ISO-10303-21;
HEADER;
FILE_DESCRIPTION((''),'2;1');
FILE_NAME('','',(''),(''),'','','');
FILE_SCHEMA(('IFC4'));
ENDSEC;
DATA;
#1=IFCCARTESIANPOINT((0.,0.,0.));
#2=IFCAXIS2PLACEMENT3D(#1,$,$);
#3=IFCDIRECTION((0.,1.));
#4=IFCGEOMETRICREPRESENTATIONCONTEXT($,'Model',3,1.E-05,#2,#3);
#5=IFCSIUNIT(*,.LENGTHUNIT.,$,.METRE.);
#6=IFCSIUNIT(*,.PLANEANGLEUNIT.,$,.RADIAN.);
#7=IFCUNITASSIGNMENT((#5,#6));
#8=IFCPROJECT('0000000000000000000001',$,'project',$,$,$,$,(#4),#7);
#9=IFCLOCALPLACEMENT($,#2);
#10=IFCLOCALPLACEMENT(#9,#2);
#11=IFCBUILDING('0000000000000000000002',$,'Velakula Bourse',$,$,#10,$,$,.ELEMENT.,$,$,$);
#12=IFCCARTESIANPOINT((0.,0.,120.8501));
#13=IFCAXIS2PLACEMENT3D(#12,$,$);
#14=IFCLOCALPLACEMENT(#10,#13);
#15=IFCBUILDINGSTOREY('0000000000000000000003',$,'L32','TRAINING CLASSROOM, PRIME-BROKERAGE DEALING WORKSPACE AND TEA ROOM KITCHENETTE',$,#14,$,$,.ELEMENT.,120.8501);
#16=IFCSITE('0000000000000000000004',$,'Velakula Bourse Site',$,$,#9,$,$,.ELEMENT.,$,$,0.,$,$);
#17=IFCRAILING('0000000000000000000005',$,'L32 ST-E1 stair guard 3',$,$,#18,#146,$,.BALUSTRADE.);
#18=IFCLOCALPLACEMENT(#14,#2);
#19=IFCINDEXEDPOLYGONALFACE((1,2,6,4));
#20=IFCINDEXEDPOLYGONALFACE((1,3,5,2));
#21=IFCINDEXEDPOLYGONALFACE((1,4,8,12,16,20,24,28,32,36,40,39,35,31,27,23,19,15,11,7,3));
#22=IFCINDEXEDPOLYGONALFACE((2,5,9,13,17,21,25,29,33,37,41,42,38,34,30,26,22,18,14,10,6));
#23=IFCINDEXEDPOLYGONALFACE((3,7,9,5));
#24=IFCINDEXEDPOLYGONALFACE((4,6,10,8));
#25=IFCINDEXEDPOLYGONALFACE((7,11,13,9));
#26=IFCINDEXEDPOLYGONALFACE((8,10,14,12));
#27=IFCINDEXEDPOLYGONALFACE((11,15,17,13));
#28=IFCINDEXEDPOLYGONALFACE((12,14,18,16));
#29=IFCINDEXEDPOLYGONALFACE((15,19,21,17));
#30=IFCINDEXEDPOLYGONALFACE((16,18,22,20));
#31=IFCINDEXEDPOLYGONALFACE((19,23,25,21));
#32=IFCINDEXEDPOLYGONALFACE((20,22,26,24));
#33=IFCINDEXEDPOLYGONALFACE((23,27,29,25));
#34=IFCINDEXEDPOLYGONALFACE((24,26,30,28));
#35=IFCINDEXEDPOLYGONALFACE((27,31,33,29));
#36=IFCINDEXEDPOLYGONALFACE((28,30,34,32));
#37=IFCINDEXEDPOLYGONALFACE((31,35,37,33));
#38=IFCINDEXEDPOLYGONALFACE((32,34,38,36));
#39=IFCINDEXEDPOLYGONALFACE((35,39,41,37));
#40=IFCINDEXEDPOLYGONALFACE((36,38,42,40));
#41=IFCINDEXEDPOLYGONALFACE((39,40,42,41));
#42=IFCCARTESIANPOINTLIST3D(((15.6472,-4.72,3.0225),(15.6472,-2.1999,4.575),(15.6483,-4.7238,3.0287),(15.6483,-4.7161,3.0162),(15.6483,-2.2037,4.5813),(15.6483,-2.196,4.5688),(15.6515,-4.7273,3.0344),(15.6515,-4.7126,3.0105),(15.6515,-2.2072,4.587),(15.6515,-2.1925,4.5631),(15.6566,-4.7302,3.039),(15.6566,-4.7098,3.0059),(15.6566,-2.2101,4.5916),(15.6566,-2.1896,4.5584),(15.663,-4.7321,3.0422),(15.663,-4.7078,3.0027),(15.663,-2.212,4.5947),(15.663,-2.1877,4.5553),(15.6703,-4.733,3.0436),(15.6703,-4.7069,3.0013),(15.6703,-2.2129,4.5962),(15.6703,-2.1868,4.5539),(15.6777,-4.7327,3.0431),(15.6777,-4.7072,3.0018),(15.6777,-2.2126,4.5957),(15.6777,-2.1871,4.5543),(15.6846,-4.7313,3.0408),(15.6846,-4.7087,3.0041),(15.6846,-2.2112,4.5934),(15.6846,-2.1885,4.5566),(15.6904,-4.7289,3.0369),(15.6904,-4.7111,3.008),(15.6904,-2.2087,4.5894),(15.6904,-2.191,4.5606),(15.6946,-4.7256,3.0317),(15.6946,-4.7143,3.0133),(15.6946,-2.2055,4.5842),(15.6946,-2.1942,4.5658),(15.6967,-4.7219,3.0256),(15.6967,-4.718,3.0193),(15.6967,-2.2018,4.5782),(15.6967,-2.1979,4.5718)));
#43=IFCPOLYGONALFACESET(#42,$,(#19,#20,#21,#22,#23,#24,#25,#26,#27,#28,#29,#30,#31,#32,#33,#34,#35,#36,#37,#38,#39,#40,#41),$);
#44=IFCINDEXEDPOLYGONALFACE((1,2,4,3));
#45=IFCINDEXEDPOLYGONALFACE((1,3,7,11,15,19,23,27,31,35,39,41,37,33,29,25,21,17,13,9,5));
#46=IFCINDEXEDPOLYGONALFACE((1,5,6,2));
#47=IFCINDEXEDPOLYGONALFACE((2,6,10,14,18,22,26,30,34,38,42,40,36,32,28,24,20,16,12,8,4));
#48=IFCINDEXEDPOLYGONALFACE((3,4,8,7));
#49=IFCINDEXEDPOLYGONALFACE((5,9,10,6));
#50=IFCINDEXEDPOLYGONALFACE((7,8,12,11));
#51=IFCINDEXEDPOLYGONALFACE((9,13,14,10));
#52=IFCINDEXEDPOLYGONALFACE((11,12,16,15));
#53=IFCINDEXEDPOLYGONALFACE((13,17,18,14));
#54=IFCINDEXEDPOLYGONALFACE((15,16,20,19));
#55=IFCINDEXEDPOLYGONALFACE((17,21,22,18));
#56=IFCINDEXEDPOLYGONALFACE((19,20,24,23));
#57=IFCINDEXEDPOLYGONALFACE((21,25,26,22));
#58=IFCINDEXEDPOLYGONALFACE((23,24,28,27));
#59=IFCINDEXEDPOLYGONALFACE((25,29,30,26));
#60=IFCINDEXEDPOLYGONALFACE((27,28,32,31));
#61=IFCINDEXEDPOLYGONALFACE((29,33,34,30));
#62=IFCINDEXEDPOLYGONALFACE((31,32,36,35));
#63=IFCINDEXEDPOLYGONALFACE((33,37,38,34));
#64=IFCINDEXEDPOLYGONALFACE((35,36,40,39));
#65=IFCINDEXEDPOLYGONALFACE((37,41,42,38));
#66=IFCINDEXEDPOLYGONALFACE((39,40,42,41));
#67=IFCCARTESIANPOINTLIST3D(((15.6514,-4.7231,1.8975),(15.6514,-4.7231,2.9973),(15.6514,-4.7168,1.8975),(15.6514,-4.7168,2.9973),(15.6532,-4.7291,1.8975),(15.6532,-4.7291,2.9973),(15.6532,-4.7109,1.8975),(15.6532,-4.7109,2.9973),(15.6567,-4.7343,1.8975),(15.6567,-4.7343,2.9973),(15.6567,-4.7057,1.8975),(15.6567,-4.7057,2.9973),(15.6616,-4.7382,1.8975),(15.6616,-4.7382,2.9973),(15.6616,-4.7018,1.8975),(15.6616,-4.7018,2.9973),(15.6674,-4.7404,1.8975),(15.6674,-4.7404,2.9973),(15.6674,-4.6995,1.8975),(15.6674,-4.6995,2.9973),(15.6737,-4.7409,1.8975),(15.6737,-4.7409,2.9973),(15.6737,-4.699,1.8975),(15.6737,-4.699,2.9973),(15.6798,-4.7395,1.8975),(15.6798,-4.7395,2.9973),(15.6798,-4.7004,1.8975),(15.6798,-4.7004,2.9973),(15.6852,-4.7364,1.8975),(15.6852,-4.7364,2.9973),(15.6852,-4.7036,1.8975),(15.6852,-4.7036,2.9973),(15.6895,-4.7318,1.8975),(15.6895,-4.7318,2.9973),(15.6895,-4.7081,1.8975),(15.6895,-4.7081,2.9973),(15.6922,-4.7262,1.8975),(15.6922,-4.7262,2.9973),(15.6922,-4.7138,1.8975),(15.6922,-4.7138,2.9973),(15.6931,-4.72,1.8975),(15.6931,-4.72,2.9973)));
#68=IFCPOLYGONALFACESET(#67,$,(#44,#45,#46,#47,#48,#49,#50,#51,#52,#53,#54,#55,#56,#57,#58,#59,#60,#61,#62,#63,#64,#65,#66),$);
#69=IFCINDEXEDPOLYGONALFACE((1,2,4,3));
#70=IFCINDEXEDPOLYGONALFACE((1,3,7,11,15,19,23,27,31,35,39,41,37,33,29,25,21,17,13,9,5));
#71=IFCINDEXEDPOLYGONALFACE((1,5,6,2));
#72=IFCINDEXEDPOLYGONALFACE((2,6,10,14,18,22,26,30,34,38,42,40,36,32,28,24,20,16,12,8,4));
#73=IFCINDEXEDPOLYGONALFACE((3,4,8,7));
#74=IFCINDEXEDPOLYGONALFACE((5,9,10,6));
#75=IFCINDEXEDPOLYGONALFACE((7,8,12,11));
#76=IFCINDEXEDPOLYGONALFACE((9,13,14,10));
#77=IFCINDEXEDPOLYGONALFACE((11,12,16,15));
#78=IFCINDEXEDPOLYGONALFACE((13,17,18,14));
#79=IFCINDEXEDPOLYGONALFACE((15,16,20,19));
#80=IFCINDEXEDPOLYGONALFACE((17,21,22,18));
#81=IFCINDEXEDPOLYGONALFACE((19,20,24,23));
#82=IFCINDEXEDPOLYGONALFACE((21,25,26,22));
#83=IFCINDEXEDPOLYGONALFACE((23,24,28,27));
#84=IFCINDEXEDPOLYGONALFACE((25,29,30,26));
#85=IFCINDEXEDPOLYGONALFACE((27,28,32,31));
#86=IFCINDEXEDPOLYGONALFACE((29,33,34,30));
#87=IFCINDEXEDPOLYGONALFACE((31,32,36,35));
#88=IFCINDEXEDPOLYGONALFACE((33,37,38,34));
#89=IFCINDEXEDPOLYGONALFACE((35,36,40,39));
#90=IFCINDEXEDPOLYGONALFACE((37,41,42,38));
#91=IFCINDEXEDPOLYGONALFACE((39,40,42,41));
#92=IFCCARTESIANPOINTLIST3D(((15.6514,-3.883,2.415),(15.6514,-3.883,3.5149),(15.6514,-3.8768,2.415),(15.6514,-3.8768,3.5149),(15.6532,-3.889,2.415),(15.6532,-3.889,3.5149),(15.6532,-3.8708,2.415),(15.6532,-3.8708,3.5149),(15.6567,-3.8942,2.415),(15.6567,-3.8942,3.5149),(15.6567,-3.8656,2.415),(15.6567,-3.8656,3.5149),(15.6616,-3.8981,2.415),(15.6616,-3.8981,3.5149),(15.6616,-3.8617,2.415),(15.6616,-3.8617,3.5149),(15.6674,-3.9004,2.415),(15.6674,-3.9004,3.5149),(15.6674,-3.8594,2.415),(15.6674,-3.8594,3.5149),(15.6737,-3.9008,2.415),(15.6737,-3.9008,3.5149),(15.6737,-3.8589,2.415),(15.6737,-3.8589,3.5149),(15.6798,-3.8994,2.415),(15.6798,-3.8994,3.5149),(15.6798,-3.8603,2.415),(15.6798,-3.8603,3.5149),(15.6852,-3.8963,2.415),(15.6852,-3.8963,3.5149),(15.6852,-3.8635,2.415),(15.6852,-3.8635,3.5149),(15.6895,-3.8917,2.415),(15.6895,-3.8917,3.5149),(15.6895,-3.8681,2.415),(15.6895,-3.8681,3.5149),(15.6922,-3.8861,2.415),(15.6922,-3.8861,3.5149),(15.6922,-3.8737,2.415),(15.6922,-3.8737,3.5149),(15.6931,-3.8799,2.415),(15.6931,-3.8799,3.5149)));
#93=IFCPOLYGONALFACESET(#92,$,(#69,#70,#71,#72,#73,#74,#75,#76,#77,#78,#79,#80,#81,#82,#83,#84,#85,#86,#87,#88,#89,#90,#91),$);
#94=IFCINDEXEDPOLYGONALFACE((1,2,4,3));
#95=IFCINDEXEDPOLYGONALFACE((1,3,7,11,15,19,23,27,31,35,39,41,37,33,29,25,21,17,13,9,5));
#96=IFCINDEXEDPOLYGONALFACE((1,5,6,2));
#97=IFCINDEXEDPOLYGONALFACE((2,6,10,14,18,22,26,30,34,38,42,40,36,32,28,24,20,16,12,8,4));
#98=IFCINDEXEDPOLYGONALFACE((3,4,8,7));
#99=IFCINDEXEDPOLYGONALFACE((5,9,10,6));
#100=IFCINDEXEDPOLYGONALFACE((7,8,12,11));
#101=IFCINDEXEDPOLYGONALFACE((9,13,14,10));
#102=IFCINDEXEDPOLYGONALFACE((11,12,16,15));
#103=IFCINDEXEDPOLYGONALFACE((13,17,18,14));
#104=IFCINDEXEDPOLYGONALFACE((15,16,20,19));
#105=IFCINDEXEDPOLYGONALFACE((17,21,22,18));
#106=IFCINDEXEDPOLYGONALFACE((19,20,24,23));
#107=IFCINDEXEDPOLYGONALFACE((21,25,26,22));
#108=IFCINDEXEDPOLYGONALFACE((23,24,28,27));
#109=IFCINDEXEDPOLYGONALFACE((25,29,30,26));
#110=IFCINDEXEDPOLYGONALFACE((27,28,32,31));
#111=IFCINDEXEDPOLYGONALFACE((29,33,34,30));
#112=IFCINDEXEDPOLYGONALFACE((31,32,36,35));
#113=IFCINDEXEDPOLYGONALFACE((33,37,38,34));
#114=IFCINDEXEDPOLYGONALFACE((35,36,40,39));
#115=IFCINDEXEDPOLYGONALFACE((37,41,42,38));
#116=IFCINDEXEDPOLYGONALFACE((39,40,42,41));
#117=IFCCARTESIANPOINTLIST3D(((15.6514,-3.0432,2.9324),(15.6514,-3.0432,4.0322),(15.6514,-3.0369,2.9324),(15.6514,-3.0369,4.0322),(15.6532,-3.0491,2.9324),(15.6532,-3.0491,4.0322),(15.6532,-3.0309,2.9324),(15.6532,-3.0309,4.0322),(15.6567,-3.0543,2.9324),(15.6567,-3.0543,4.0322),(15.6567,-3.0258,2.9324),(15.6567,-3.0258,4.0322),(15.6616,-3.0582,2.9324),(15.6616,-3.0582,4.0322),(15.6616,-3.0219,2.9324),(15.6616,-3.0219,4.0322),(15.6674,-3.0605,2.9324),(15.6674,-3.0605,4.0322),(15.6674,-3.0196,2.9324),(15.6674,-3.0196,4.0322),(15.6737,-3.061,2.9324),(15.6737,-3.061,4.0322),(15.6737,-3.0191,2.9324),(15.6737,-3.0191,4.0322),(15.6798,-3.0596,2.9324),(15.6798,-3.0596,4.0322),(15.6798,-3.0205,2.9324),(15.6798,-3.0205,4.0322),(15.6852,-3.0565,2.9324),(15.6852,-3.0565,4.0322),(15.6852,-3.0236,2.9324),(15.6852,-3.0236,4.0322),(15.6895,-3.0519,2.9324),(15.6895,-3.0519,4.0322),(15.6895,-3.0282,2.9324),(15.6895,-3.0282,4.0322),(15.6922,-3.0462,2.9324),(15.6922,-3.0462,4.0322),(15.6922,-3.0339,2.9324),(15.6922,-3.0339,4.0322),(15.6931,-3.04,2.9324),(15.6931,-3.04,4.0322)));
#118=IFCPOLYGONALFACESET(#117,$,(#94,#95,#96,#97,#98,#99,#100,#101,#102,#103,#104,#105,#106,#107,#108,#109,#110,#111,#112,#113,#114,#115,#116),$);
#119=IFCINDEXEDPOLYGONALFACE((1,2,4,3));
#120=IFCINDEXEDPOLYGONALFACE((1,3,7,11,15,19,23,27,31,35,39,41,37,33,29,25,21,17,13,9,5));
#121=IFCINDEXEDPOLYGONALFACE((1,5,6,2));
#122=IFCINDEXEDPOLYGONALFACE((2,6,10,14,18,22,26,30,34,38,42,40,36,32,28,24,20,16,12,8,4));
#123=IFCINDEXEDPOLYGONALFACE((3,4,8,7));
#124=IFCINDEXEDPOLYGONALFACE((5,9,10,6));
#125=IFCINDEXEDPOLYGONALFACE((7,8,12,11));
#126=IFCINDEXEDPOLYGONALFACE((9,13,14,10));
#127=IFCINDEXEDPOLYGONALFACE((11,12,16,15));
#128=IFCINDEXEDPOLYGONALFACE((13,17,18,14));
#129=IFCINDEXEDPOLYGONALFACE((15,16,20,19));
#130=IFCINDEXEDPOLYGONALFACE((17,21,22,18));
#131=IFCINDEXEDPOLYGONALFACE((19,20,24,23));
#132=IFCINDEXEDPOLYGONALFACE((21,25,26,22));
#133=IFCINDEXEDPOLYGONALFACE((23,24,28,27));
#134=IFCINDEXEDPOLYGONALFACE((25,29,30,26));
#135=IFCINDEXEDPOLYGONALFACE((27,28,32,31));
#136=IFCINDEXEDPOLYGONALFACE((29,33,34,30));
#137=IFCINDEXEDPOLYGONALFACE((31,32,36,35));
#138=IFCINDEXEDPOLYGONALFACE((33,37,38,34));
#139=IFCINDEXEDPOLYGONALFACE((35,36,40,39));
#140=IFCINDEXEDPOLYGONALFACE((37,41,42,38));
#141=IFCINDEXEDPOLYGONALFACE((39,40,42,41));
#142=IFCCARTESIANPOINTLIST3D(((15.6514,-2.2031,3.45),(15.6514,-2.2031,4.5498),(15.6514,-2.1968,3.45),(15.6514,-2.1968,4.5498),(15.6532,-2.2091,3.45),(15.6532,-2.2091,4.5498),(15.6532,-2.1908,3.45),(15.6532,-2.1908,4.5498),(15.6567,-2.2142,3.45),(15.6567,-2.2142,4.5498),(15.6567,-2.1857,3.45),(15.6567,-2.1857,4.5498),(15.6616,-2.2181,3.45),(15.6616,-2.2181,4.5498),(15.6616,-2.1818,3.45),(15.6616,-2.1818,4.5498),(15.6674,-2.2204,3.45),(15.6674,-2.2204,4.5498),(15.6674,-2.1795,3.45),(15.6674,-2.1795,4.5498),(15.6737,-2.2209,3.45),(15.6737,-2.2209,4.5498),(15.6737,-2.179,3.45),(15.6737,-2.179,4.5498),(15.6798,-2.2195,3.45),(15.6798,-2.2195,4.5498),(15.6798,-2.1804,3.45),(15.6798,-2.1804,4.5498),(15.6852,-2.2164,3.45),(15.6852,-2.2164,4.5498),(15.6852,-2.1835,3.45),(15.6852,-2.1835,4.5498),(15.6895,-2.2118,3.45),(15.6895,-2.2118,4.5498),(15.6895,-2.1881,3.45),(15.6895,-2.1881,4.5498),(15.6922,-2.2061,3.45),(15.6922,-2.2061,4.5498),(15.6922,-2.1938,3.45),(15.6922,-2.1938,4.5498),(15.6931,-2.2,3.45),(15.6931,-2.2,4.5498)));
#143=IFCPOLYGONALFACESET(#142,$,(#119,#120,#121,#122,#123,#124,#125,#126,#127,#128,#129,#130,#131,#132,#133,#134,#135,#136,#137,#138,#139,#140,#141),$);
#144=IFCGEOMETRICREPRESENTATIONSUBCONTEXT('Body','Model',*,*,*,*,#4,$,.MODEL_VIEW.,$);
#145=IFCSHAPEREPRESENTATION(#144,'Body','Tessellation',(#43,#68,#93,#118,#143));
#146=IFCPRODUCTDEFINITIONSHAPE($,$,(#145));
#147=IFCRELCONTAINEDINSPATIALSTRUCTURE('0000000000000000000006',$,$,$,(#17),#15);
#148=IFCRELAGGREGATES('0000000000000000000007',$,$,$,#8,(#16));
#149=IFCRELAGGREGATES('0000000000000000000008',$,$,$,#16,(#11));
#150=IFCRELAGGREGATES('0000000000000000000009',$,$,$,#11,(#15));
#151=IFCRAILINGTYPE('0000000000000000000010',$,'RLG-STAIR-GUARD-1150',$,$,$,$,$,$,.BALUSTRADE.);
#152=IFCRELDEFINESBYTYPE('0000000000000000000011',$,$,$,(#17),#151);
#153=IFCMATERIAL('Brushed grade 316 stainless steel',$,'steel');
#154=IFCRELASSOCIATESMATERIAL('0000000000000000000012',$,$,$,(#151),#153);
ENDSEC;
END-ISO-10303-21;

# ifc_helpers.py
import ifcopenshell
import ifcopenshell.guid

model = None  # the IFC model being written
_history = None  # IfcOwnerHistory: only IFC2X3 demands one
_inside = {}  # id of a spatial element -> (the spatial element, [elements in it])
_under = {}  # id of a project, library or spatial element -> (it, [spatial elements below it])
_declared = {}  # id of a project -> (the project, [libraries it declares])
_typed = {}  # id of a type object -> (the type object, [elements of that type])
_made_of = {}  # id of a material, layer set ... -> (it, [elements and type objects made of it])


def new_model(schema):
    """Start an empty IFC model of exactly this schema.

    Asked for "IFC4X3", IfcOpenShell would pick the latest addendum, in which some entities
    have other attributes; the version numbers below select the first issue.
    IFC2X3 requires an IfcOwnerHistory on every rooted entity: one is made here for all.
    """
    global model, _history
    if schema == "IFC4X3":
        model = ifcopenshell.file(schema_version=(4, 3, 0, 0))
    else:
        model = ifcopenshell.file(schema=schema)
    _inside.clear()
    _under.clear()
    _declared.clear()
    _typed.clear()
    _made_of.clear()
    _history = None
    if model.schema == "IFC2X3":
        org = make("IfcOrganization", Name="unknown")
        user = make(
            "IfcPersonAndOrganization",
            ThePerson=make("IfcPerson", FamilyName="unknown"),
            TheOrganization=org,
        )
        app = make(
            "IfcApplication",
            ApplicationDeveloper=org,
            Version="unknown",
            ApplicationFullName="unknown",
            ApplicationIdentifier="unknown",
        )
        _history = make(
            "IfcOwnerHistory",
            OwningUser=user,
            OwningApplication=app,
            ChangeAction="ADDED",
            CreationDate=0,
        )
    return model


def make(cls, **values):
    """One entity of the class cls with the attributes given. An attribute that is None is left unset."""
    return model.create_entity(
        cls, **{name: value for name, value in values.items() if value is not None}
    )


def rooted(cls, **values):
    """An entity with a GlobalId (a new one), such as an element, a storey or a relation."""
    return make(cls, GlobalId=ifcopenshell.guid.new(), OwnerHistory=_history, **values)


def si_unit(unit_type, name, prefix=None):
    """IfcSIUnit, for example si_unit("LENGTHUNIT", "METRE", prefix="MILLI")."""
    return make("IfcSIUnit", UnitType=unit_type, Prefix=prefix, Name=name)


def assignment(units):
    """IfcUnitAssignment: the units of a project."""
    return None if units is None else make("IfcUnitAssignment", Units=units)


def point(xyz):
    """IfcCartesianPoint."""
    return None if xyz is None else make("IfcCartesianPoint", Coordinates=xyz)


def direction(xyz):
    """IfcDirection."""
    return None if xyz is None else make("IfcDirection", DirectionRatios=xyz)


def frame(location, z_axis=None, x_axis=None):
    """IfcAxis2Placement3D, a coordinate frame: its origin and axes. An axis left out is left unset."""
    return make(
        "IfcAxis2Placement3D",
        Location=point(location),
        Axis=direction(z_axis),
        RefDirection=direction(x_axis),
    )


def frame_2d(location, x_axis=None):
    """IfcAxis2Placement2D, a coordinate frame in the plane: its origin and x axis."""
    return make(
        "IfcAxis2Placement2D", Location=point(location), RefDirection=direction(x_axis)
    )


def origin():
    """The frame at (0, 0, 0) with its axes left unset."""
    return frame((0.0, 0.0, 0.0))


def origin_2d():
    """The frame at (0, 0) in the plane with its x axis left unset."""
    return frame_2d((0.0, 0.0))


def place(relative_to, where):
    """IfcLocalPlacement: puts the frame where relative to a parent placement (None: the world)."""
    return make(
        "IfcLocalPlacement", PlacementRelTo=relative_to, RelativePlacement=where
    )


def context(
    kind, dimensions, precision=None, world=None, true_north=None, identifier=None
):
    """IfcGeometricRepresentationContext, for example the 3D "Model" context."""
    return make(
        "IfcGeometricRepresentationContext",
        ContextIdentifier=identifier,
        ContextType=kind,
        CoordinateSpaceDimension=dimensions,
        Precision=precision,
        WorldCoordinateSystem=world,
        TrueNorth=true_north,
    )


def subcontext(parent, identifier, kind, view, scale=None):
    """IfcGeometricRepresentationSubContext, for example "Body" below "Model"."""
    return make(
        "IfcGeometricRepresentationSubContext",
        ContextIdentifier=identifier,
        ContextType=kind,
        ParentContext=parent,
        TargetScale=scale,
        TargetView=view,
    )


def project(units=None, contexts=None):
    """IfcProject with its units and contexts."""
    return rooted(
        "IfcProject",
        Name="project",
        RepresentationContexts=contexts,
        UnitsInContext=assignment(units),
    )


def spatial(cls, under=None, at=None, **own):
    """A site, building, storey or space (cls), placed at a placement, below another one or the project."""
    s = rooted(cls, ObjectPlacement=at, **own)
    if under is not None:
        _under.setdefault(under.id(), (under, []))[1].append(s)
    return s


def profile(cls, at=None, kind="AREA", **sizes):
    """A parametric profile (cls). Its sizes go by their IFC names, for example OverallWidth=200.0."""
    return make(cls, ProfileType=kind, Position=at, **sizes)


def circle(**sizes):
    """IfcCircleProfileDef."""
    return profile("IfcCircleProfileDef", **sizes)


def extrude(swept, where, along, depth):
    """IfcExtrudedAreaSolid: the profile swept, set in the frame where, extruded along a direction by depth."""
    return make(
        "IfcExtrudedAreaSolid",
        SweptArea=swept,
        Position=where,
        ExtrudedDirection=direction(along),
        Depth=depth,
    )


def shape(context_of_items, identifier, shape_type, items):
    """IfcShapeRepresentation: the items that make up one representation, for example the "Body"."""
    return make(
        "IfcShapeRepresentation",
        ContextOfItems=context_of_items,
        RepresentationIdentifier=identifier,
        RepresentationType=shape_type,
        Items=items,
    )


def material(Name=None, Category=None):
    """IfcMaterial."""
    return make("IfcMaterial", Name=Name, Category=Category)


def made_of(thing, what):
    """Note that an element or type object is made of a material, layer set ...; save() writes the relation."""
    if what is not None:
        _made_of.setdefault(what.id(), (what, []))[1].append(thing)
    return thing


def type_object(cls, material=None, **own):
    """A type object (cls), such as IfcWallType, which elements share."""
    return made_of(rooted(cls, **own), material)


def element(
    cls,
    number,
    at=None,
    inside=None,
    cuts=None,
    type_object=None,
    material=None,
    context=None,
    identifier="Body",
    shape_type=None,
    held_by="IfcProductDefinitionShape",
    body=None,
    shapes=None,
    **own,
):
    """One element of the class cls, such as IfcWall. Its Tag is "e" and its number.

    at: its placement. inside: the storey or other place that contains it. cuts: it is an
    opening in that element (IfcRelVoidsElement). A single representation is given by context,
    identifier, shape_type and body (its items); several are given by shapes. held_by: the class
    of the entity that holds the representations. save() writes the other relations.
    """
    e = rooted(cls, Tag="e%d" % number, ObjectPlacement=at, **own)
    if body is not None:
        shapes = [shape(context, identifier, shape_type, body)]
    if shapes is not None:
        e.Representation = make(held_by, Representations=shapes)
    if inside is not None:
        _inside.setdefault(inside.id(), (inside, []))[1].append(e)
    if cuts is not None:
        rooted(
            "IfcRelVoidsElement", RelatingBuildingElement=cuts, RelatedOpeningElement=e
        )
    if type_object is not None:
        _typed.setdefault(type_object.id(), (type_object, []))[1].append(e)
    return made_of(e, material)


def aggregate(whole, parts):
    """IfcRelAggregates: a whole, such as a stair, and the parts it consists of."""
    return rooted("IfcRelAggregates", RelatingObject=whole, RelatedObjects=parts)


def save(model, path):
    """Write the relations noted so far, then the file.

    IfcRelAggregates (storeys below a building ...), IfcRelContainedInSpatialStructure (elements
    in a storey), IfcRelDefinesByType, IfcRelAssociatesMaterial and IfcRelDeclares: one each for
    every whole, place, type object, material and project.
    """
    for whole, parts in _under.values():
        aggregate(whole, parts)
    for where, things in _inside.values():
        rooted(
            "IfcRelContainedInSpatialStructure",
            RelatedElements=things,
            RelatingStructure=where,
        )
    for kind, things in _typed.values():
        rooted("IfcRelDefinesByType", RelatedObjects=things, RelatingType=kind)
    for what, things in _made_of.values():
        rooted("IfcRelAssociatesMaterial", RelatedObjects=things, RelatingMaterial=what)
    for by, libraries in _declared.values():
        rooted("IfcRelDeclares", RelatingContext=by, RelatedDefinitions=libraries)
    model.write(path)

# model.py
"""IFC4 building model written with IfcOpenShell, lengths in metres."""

from ifc_helpers import new_model, si_unit, direction, frame, origin, origin_2d, place, context, subcontext, project, spatial, circle, extrude, material, type_object, element, save


model = new_model("IFC4")

# Units and contexts
model_context = context("Model", 3, precision=1e-05, world=origin(), true_north=direction((0.0, 1.0)))
body_context = subcontext(model_context, "Body", "Model", "MODEL_VIEW")
ifc_project = project(units=[si_unit("LENGTHUNIT", "METRE"), si_unit("PLANEANGLEUNIT", "RADIAN")], contexts=[model_context])

# Site, building, storey
site_placement = place(None, origin())
site = spatial("IfcSite", under=ifc_project, at=site_placement, Name="Velakula Bourse Site", CompositionType="ELEMENT", RefElevation=0.0)
building_placement = place(site_placement, origin())
building = spatial("IfcBuilding", under=site, at=building_placement, Name="Velakula Bourse", CompositionType="ELEMENT")
storey_placement = place(building_placement, frame((0.0, 0.0, 120.8501)))
storey = spatial("IfcBuildingStorey", under=building, at=storey_placement, Name="L32", Description="TRAINING CLASSROOM, PRIME-BROKERAGE DEALING WORKSPACE AND TEA ROOM KITCHENETTE", CompositionType="ELEMENT", Elevation=120.8501)

# Shared definitions
ifc_material_1 = material(Name="Brushed grade 316 stainless steel", Category="steel")

# Railing
railing_type_1 = type_object("IfcRailingType", Name="RLG-STAIR-GUARD-1150", PredefinedType="BALUSTRADE", material=ifc_material_1)
railing_1_placement = place(storey_placement, frame((15.6721, -4.72, 1.8975)))
element("IfcRailing", 1, at=railing_1_placement, inside=storey, type_object=railing_type_1, Name="L32 ST-E1 stair guard 3", PredefinedType="BALUSTRADE", context=body_context, shape_type="SweptSolid", body=[
    extrude(circle(Radius=0.0249, at=origin_2d()), frame((0.0, 0.0, 1.125), z_axis=(0.0, 0.8514, 0.524516), x_axis=(-1.0, 0.0, 0.0)), (0.0, 0.0, 1.0), 2.96),
    extrude(circle(Radius=0.021, at=origin_2d()), origin(), (0.0, 0.0, 1.0), 1.0999),
    extrude(circle(Radius=0.021, at=origin_2d()), frame((0.0, 0.8401, 0.5176)), (0.0, 0.0, 1.0), 1.0999),
    extrude(circle(Radius=0.021, at=origin_2d()), frame((0.0, 1.6799, 1.0349)), (0.0, 0.0, 1.0), 1.0999),
    extrude(circle(Radius=0.021, at=origin_2d()), frame((0.0, 2.52, 1.5525)), (0.0, 0.0, 1.0), 1.0999),
])

save(model, "model.ifc")
